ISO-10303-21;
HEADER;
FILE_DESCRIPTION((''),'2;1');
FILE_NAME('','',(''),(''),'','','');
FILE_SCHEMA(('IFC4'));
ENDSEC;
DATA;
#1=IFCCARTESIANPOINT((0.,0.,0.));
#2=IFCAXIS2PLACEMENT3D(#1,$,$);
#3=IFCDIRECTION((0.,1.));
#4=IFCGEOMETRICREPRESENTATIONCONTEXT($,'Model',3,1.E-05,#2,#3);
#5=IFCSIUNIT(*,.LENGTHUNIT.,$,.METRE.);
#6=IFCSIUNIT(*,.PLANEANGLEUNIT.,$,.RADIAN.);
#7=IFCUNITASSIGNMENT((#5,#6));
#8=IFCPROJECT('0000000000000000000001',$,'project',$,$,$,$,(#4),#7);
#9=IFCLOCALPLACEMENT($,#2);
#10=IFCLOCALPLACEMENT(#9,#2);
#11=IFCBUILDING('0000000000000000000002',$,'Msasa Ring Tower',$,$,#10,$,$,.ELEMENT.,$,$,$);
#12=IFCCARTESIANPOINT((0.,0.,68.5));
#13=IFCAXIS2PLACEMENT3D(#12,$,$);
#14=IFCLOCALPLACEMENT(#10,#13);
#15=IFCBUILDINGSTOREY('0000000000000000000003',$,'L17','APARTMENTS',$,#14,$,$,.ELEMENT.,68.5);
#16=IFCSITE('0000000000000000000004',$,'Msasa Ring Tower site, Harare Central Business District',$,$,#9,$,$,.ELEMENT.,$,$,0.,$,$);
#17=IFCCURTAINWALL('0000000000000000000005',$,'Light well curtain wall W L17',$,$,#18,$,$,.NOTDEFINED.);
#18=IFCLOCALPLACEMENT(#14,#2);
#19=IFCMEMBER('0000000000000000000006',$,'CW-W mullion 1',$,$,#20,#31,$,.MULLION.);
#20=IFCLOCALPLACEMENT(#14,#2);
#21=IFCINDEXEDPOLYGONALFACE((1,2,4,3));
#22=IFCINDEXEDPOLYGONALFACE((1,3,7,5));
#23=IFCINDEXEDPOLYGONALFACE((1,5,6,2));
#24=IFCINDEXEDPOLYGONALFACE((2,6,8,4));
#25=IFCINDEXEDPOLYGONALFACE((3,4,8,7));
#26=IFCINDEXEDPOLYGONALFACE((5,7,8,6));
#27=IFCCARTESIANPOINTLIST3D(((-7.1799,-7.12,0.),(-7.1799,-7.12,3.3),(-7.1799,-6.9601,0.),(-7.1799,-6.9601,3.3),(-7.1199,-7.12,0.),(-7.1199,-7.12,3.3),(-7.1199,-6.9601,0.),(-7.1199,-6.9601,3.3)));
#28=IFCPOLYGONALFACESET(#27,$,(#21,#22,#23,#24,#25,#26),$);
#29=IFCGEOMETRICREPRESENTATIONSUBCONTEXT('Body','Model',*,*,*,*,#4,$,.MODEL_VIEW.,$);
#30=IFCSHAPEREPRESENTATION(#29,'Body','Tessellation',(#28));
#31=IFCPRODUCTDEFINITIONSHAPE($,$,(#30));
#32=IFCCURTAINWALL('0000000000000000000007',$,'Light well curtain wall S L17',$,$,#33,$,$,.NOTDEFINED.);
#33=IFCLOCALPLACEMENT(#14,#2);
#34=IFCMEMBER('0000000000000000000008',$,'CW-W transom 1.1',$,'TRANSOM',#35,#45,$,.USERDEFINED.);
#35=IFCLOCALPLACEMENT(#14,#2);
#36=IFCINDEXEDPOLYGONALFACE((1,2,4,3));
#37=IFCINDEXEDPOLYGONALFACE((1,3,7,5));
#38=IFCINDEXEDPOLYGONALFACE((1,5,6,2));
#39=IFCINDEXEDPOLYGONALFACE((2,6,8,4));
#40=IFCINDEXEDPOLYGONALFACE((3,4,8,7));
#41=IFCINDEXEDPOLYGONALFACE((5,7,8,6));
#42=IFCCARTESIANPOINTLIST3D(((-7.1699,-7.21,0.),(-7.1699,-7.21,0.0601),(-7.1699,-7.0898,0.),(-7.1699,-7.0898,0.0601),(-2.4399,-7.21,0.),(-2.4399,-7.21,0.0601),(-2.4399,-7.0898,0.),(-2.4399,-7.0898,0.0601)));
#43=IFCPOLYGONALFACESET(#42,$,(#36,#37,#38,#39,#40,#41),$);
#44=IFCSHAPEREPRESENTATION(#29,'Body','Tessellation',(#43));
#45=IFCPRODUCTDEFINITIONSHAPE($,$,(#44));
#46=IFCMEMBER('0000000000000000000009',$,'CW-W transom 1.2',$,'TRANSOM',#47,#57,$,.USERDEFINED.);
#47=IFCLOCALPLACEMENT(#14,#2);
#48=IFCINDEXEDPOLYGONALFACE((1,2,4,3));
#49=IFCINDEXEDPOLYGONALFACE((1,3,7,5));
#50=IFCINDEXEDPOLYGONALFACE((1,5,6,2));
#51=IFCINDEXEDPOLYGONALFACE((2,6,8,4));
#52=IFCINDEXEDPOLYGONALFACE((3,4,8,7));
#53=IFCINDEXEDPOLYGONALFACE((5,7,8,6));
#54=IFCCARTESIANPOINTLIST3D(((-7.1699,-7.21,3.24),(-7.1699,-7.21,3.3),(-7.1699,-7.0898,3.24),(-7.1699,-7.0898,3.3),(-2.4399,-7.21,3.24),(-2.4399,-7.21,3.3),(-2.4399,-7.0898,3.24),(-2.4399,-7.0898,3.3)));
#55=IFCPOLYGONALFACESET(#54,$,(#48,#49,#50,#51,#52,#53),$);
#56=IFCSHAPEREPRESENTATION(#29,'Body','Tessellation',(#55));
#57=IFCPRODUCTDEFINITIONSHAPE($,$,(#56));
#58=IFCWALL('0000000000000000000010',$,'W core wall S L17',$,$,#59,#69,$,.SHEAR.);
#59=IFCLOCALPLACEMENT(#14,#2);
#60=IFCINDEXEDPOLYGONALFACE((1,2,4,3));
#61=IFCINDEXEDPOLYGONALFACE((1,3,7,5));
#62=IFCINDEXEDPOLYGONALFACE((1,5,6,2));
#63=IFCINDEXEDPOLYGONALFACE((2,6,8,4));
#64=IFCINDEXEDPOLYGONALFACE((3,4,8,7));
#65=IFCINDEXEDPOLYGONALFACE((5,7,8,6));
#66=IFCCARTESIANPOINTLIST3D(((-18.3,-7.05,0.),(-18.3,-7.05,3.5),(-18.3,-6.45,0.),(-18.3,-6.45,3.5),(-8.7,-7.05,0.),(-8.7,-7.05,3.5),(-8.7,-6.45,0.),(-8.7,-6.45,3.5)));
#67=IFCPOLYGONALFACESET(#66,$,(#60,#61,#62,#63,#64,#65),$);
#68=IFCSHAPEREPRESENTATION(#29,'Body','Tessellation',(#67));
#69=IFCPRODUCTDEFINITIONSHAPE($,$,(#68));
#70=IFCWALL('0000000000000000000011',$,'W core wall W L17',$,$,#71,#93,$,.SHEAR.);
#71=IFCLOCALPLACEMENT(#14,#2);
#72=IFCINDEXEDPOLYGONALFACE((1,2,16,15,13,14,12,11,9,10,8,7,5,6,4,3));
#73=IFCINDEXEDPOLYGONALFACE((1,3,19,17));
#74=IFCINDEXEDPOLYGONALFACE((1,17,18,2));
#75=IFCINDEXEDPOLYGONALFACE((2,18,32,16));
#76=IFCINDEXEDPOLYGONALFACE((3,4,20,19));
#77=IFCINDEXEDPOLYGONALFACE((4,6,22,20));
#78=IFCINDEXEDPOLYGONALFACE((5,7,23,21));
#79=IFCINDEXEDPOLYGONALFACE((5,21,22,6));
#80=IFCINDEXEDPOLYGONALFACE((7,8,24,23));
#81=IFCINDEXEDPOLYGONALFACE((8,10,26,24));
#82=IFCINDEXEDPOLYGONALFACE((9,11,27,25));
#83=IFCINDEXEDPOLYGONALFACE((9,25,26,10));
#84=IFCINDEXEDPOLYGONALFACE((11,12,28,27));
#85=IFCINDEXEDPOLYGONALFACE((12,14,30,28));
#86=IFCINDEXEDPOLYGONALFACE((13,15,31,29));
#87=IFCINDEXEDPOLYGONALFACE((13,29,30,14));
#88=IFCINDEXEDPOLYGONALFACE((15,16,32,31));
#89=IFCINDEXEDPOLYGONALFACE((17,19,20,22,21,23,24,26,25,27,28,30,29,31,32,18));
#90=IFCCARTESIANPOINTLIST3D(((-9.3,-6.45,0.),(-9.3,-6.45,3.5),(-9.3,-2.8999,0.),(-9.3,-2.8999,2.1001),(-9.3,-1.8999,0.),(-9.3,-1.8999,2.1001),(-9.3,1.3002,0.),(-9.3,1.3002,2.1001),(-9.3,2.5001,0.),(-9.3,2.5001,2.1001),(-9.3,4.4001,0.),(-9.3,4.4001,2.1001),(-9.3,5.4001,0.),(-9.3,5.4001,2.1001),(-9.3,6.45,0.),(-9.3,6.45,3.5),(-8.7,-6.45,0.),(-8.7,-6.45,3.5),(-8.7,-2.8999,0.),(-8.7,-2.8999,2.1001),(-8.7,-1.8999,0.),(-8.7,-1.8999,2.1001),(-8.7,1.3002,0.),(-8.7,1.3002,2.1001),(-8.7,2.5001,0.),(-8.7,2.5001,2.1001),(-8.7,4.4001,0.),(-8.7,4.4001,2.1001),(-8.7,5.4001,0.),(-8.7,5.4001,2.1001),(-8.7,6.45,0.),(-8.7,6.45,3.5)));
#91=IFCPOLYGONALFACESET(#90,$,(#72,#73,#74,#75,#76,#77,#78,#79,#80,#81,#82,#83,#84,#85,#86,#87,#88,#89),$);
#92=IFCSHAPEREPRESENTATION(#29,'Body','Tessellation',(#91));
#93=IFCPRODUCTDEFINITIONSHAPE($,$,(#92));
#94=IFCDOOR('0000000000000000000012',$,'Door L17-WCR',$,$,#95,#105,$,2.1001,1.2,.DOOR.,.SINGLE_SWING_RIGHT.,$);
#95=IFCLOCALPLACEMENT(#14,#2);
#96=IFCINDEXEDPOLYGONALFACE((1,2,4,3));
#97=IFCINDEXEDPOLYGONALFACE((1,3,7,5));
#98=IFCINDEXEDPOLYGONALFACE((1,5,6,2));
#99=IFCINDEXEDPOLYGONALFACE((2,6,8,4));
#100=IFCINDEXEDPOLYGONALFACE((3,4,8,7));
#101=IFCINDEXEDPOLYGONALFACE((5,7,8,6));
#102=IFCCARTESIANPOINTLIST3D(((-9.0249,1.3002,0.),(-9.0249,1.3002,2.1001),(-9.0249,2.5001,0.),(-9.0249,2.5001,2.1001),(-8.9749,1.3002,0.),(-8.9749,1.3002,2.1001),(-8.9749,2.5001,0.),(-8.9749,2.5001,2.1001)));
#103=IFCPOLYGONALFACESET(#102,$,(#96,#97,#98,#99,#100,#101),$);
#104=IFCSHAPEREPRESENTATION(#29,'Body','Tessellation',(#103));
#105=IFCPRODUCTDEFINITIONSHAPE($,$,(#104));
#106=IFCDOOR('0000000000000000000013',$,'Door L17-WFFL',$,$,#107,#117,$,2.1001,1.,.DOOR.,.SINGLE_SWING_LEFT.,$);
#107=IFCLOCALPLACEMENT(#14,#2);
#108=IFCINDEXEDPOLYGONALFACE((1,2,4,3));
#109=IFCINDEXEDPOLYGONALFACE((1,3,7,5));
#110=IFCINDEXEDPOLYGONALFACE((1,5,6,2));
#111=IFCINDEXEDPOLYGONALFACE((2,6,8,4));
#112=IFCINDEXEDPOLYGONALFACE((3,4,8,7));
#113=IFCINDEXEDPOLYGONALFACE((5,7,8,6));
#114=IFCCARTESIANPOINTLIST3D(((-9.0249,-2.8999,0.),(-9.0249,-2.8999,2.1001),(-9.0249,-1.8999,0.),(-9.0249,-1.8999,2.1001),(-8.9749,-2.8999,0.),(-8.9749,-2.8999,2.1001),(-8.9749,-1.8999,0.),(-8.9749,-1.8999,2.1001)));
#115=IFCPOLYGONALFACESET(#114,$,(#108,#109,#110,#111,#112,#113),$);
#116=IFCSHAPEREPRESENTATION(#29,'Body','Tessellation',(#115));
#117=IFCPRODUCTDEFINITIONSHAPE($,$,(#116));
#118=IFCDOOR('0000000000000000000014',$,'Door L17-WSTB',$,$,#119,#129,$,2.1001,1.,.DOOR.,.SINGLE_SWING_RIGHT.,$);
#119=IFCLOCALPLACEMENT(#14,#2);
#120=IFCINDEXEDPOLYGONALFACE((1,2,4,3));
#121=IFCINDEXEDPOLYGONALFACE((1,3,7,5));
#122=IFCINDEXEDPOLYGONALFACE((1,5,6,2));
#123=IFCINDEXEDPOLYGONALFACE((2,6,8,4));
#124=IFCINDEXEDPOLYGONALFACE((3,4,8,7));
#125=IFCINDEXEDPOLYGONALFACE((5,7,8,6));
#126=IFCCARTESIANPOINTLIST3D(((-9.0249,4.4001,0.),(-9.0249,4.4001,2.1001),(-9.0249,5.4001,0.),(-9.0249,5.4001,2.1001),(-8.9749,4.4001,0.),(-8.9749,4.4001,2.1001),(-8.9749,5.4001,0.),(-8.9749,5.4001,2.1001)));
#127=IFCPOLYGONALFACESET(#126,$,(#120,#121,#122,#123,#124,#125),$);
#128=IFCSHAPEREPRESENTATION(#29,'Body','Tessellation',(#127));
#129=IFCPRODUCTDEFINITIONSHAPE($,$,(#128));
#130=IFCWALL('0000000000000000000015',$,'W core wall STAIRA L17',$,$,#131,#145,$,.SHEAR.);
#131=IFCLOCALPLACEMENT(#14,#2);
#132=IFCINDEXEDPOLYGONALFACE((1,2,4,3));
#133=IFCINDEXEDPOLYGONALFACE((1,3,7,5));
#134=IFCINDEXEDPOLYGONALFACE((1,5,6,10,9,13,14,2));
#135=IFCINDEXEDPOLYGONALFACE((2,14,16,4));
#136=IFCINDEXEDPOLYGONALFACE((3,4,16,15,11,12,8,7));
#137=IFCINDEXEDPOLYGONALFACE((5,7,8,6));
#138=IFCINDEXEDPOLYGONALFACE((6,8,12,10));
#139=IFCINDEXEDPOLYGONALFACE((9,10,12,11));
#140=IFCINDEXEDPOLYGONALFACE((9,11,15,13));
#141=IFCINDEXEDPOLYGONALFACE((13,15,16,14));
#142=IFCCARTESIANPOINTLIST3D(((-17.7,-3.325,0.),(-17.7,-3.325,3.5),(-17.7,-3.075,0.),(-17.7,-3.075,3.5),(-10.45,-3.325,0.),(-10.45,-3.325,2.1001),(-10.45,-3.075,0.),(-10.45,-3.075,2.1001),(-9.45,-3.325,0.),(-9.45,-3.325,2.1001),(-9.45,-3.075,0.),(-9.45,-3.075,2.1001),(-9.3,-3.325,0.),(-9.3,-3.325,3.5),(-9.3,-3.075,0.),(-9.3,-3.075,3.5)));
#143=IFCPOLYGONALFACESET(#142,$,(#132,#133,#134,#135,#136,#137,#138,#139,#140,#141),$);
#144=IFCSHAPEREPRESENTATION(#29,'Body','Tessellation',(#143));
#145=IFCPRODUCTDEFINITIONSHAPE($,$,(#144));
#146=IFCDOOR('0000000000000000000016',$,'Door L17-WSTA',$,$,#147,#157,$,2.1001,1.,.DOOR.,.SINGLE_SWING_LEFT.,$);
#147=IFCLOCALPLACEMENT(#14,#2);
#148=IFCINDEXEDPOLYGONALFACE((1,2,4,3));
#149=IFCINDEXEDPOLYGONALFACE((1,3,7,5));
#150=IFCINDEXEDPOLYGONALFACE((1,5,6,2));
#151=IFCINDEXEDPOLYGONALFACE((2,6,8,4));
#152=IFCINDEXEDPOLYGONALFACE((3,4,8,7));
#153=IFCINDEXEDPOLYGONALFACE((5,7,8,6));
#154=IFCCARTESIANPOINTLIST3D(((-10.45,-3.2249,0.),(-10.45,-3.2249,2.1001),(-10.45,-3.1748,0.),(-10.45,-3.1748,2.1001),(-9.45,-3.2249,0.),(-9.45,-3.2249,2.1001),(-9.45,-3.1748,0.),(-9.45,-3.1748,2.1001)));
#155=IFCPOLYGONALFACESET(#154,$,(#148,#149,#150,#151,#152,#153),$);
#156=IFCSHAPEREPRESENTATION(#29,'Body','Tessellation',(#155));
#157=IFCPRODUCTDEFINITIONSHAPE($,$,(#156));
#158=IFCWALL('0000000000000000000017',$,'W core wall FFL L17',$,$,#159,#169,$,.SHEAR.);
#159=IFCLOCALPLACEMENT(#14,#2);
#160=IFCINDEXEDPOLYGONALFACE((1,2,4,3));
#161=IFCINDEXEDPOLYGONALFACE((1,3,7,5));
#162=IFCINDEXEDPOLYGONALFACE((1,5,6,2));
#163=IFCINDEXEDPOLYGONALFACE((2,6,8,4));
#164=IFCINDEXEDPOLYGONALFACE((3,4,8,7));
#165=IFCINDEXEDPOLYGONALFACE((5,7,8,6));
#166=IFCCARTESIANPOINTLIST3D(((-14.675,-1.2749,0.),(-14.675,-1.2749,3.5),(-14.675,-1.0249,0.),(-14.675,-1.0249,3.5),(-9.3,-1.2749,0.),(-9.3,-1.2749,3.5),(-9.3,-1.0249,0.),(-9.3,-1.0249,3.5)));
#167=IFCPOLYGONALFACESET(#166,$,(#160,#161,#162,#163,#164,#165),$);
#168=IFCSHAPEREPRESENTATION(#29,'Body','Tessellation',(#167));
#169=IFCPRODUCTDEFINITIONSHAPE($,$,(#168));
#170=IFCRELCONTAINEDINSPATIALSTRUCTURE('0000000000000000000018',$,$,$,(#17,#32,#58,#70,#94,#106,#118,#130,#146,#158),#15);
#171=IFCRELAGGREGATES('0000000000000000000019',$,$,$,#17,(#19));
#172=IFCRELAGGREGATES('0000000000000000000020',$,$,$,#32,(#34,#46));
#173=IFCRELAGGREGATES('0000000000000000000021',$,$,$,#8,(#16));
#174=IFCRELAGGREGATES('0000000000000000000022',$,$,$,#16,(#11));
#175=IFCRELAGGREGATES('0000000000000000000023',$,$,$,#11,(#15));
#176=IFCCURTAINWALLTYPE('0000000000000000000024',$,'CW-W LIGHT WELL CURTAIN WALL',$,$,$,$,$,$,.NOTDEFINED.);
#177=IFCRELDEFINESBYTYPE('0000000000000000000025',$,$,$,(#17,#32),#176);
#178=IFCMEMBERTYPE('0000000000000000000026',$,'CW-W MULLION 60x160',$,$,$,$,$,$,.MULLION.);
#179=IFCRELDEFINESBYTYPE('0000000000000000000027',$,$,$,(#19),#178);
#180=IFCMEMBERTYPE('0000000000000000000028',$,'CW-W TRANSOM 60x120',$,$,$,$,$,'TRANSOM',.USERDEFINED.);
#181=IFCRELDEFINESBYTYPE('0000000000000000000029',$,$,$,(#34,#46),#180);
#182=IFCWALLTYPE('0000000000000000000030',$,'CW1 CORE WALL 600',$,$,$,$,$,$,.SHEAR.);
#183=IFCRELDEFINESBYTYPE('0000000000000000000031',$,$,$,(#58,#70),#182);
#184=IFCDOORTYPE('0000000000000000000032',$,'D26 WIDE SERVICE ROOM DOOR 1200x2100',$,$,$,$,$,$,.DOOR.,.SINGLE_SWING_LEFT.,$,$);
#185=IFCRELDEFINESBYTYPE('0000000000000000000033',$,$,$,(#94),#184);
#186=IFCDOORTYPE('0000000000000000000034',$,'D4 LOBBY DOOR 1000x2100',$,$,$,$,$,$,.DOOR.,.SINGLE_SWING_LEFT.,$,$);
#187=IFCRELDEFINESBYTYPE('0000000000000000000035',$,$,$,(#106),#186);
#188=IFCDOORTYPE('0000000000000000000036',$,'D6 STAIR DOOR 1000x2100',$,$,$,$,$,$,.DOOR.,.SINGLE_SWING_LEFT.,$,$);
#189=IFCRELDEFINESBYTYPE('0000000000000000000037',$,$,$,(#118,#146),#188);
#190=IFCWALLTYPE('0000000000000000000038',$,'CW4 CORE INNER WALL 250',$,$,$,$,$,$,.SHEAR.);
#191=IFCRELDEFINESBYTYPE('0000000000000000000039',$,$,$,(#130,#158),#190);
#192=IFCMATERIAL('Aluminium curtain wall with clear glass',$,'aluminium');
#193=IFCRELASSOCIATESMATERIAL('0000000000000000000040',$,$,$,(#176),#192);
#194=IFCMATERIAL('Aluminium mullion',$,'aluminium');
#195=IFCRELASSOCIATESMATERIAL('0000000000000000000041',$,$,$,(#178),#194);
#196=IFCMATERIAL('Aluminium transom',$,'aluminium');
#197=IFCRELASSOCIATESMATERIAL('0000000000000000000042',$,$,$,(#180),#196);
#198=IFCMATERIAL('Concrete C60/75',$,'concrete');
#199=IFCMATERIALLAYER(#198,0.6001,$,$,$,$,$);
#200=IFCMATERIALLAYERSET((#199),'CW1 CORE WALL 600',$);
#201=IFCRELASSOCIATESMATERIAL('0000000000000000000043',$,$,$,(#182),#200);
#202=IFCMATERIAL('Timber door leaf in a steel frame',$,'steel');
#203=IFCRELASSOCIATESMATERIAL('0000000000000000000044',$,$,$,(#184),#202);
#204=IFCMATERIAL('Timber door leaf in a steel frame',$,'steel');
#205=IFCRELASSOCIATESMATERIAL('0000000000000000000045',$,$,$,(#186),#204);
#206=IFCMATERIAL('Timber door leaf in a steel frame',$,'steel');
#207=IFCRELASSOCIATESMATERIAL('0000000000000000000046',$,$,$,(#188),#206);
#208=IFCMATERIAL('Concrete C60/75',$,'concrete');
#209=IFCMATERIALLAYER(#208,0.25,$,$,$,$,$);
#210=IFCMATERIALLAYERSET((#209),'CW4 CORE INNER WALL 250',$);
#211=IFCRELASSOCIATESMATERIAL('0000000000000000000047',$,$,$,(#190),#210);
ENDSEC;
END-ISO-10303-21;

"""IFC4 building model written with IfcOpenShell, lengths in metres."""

from ifc_helpers import new_model, si_unit, direction, frame, frame_2d, origin, origin_2d, place, context, subcontext, project, spatial, rectangle, extrude, material, layer, layer_set, material_profile, profile_set, type_object, element, fill, aggregate, save


model = new_model("IFC4")

# Units and contexts
model_context = context("Model", 3, precision=1e-05, world=origin(), true_north=direction((0.0, 1.0)))
body_context = subcontext(model_context, "Body", "Model", "MODEL_VIEW")
ifc_project = project(units=[si_unit("LENGTHUNIT", "METRE"), si_unit("PLANEANGLEUNIT", "RADIAN")], contexts=[model_context])

# Site, building, storey
site_placement = place(None, origin())
site = spatial("IfcSite", under=ifc_project, at=site_placement, Name="Msasa Ring Tower site, Harare Central Business District", CompositionType="ELEMENT", RefElevation=0.0)
building_placement = place(site_placement, origin())
building = spatial("IfcBuilding", under=site, at=building_placement, Name="Msasa Ring Tower", CompositionType="ELEMENT")
storey_placement = place(building_placement, frame((0.0, 0.0, 68.5)))
storey = spatial("IfcBuildingStorey", under=building, at=storey_placement, Name="L17", Description="APARTMENTS", CompositionType="ELEMENT", Elevation=68.5)

# Curtain wall, member
ifc_material_1 = material(Name="Aluminium curtain wall with clear glass", Category="aluminium")
curtain_wall_type = type_object("IfcCurtainWallType", Name="CW-W LIGHT WELL CURTAIN WALL", PredefinedType="NOTDEFINED", material=ifc_material_1)
curtain_wall_1_placement = place(storey_placement, origin())
curtain_wall_1 = element("IfcCurtainWall", 1, at=curtain_wall_1_placement, inside=storey, type_object=curtain_wall_type, Name="Light well curtain wall W L17", PredefinedType="NOTDEFINED")
ifc_material_2 = material(Name="Aluminium mullion", Category="aluminium")
ifc_material_profile_1 = material_profile(ifc_material_2, rectangle(XDim=0.0601, YDim=0.1599, at=origin_2d()), Name="AL 60x160")
ifc_profile_set_1 = profile_set([ifc_material_profile_1], Name="Aluminium mullion")
member_type_1 = type_object("IfcMemberType", Name="CW-W MULLION 60x160", PredefinedType="MULLION", material=ifc_profile_set_1)
member_1_placement = place(storey_placement, frame((-7.1499, -7.04, 0.0), z_axis=(0.0, 0.0, 1.0), x_axis=(-1.0, 0.0, 0.0)))
member_1 = element("IfcMember", 2, at=member_1_placement, type_object=member_type_1, Name="CW-W mullion 1", PredefinedType="MULLION", context=body_context, shape_type="SweptSolid", body=[
    extrude(rectangle(XDim=0.0601, YDim=0.1599, at=origin_2d()), origin(), (0.0, 0.0, 1.0), 3.3),
])
aggregate(curtain_wall_1, [member_1])

# Curtain wall, members
curtain_wall_2_placement = place(storey_placement, origin())
curtain_wall_2 = element("IfcCurtainWall", 3, at=curtain_wall_2_placement, inside=storey, type_object=curtain_wall_type, Name="Light well curtain wall S L17", PredefinedType="NOTDEFINED")
ifc_material_3 = material(Name="Aluminium transom", Category="aluminium")
ifc_material_profile_2 = material_profile(ifc_material_3, rectangle(XDim=0.1201, YDim=0.0601, at=origin_2d()), Name="AL 60x120")
ifc_profile_set_2 = profile_set([ifc_material_profile_2], Name="Aluminium transom")
member_type_2 = type_object("IfcMemberType", Name="CW-W TRANSOM 60x120", ElementType="TRANSOM", PredefinedType="USERDEFINED", material=ifc_profile_set_2)
member_2_placement = place(storey_placement, frame((-7.1699, -7.1499, 0.03), z_axis=(1.0, 0.0, 0.0), x_axis=(0.0, 1.0, 0.0)))
member_2 = element("IfcMember", 4, at=member_2_placement, type_object=member_type_2, Name="CW-W transom 1.1", ObjectType="TRANSOM", PredefinedType="USERDEFINED", context=body_context, shape_type="SweptSolid", body=[
    extrude(rectangle(XDim=0.1201, YDim=0.0601, at=origin_2d()), origin(), (0.0, 0.0, 1.0), 4.73),
])
member_3_placement = place(storey_placement, frame((-7.1699, -7.1499, 3.27), z_axis=(1.0, 0.0, 0.0), x_axis=(0.0, 1.0, 0.0)))
member_3 = element("IfcMember", 5, at=member_3_placement, type_object=member_type_2, Name="CW-W transom 1.2", ObjectType="TRANSOM", PredefinedType="USERDEFINED", context=body_context, shape_type="SweptSolid", body=[
    extrude(rectangle(XDim=0.1201, YDim=0.0601, at=origin_2d()), origin(), (0.0, 0.0, 1.0), 4.73),
])
aggregate(curtain_wall_2, [member_2, member_3])

# Wall
ifc_material_4 = material(Name="Concrete C60/75", Category="concrete")
ifc_layer_1 = layer(ifc_material_4, 0.6001)
ifc_layer_set_1 = layer_set([ifc_layer_1], Name="CW1 CORE WALL 600")
wall_type_1 = type_object("IfcWallType", Name="CW1 CORE WALL 600", PredefinedType="SHEAR", material=ifc_layer_set_1)
wall_1_placement = place(storey_placement, frame((-8.7, -6.75, 0.0), z_axis=(0.0, 0.0, 1.0), x_axis=(-1.0, 0.0, 0.0)))
element("IfcWall", 6, at=wall_1_placement, inside=storey, type_object=wall_type_1, Name="W core wall S L17", PredefinedType="SHEAR", context=body_context, shape_type="SweptSolid", body=[
    extrude(rectangle(XDim=9.6001, YDim=0.6001, at=frame_2d((4.8, 0.0))), origin(), (0.0, 0.0, 1.0), 3.5),
])

# Wall, openings, doors
wall_2_placement = place(storey_placement, frame((-9.0, -6.45, 0.0), z_axis=(0.0, 0.0, 1.0), x_axis=(0.0, 1.0, 0.0)))
wall_2 = element("IfcWall", 7, at=wall_2_placement, inside=storey, type_object=wall_type_1, Name="W core wall W L17", PredefinedType="SHEAR", context=body_context, shape_type="SweptSolid", body=[
    extrude(rectangle(XDim=12.8999, YDim=0.6001, at=frame_2d((6.45, 0.0))), origin(), (0.0, 0.0, 1.0), 3.5),
])
opening_1_placement = place(wall_2_placement, frame((3.55, 0.0, 0.0)))
opening_1 = element("IfcOpeningElement", 8, at=opening_1_placement, cuts=wall_2, PredefinedType="OPENING", context=body_context, shape_type="SweptSolid", body=[
    extrude(rectangle(XDim=1.0, YDim=2.1001, at=frame_2d((0.5, 1.05))), frame((0.0, 0.3101, 0.0), z_axis=(0.0, -1.0, 0.0), x_axis=(1.0, 0.0, 0.0)), (0.0, 0.0, 1.0), 0.6201),
])
opening_2_placement = place(wall_2_placement, frame((7.75, 0.0, 0.0)))
opening_2 = element("IfcOpeningElement", 9, at=opening_2_placement, cuts=wall_2, PredefinedType="OPENING", context=body_context, shape_type="SweptSolid", body=[
    extrude(rectangle(XDim=1.2, YDim=2.1001, at=frame_2d((0.6001, 1.05))), frame((0.0, 0.3101, 0.0), z_axis=(0.0, -1.0, 0.0), x_axis=(1.0, 0.0, 0.0)), (0.0, 0.0, 1.0), 0.6201),
])
opening_3_placement = place(wall_2_placement, frame((10.8501, 0.0, 0.0)))
opening_3 = element("IfcOpeningElement", 10, at=opening_3_placement, cuts=wall_2, PredefinedType="OPENING", context=body_context, shape_type="SweptSolid", body=[
    extrude(rectangle(XDim=1.0, YDim=2.1001, at=frame_2d((0.5, 1.05))), frame((0.0, 0.3101, 0.0), z_axis=(0.0, -1.0, 0.0), x_axis=(1.0, 0.0, 0.0)), (0.0, 0.0, 1.0), 0.6201),
])
ifc_material_5 = material(Name="Timber door leaf in a steel frame", Category="steel")
door_type_1 = type_object("IfcDoorType", Name="D26 WIDE SERVICE ROOM DOOR 1200x2100", OperationType="SINGLE_SWING_LEFT", PredefinedType="DOOR", material=ifc_material_5)
door_1_placement = place(opening_2_placement, origin())
door_1 = element("IfcDoor", 11, at=door_1_placement, inside=storey, type_object=door_type_1, Name="Door L17-WCR", OperationType="SINGLE_SWING_RIGHT", OverallHeight=2.1001, OverallWidth=1.2, PredefinedType="DOOR", context=body_context, shape_type="SweptSolid", body=[
    extrude(rectangle(XDim=1.2, YDim=2.1001, at=frame_2d((0.6001, 1.05))), frame((0.0, 0.0249, 0.0), z_axis=(0.0, -1.0, 0.0), x_axis=(1.0, 0.0, 0.0)), (0.0, 0.0, 1.0), 0.05),
])
fill(opening_2, door_1)
ifc_material_6 = material(Name="Timber door leaf in a steel frame", Category="steel")
door_type_2 = type_object("IfcDoorType", Name="D4 LOBBY DOOR 1000x2100", OperationType="SINGLE_SWING_LEFT", PredefinedType="DOOR", material=ifc_material_6)
door_2_placement = place(opening_1_placement, origin())
door_2 = element("IfcDoor", 12, at=door_2_placement, inside=storey, type_object=door_type_2, Name="Door L17-WFFL", OperationType="SINGLE_SWING_LEFT", OverallHeight=2.1001, OverallWidth=1.0, PredefinedType="DOOR", context=body_context, shape_type="SweptSolid", body=[
    extrude(rectangle(XDim=1.0, YDim=2.1001, at=frame_2d((0.5, 1.05))), frame((0.0, 0.0249, 0.0), z_axis=(0.0, -1.0, 0.0), x_axis=(1.0, 0.0, 0.0)), (0.0, 0.0, 1.0), 0.05),
])
fill(opening_1, door_2)
ifc_material_7 = material(Name="Timber door leaf in a steel frame", Category="steel")
door_type_3 = type_object("IfcDoorType", Name="D6 STAIR DOOR 1000x2100", OperationType="SINGLE_SWING_LEFT", PredefinedType="DOOR", material=ifc_material_7)
door_3_placement = place(opening_3_placement, origin())
door_3 = element("IfcDoor", 13, at=door_3_placement, inside=storey, type_object=door_type_3, Name="Door L17-WSTB", OperationType="SINGLE_SWING_RIGHT", OverallHeight=2.1001, OverallWidth=1.0, PredefinedType="DOOR", context=body_context, shape_type="SweptSolid", body=[
    extrude(rectangle(XDim=1.0, YDim=2.1001, at=frame_2d((0.5, 1.05))), frame((0.0, 0.0249, 0.0), z_axis=(0.0, -1.0, 0.0), x_axis=(1.0, 0.0, 0.0)), (0.0, 0.0, 1.0), 0.05),
])
fill(opening_3, door_3)

# Wall, opening, door
ifc_material_8 = material(Name="Concrete C60/75", Category="concrete")
ifc_layer_2 = layer(ifc_material_8, 0.25)
ifc_layer_set_2 = layer_set([ifc_layer_2], Name="CW4 CORE INNER WALL 250")
wall_type_2 = type_object("IfcWallType", Name="CW4 CORE INNER WALL 250", PredefinedType="SHEAR", material=ifc_layer_set_2)
wall_3_placement = place(storey_placement, frame((-9.3, -3.2, 0.0), z_axis=(0.0, 0.0, 1.0), x_axis=(-1.0, 0.0, 0.0)))
wall_3 = element("IfcWall", 14, at=wall_3_placement, inside=storey, type_object=wall_type_2, Name="W core wall STAIRA L17", PredefinedType="SHEAR", context=body_context, shape_type="SweptSolid", body=[
    extrude(rectangle(XDim=8.3999, YDim=0.25, at=frame_2d((4.2, 0.0))), origin(), (0.0, 0.0, 1.0), 3.5),
])
opening_4_placement = place(wall_3_placement, frame((0.1499, 0.0, 0.0)))
opening_4 = element("IfcOpeningElement", 15, at=opening_4_placement, cuts=wall_3, PredefinedType="OPENING", context=body_context, shape_type="SweptSolid", body=[
    extrude(rectangle(XDim=1.0, YDim=2.1001, at=frame_2d((0.5, 1.05))), frame((0.0, 0.135, 0.0), z_axis=(0.0, -1.0, 0.0), x_axis=(1.0, 0.0, 0.0)), (0.0, 0.0, 1.0), 0.27),
])
door_4_placement = place(opening_4_placement, origin())
door_4 = element("IfcDoor", 16, at=door_4_placement, inside=storey, type_object=door_type_3, Name="Door L17-WSTA", OperationType="SINGLE_SWING_LEFT", OverallHeight=2.1001, OverallWidth=1.0, PredefinedType="DOOR", context=body_context, shape_type="SweptSolid", body=[
    extrude(rectangle(XDim=1.0, YDim=2.1001, at=frame_2d((0.5, 1.05))), frame((0.0, 0.0249, 0.0), z_axis=(0.0, -1.0, 0.0), x_axis=(1.0, 0.0, 0.0)), (0.0, 0.0, 1.0), 0.05),
])
fill(opening_4, door_4)

# Wall
wall_4_placement = place(storey_placement, frame((-9.3, -1.1499, 0.0), z_axis=(0.0, 0.0, 1.0), x_axis=(-1.0, 0.0, 0.0)))
element("IfcWall", 17, at=wall_4_placement, inside=storey, type_object=wall_type_2, Name="W core wall FFL L17", PredefinedType="SHEAR", context=body_context, shape_type="SweptSolid", body=[
    extrude(rectangle(XDim=5.375, YDim=0.25, at=frame_2d((2.6875, 0.0))), origin(), (0.0, 0.0, 1.0), 3.5),
])

save(model, "model.ifc")
